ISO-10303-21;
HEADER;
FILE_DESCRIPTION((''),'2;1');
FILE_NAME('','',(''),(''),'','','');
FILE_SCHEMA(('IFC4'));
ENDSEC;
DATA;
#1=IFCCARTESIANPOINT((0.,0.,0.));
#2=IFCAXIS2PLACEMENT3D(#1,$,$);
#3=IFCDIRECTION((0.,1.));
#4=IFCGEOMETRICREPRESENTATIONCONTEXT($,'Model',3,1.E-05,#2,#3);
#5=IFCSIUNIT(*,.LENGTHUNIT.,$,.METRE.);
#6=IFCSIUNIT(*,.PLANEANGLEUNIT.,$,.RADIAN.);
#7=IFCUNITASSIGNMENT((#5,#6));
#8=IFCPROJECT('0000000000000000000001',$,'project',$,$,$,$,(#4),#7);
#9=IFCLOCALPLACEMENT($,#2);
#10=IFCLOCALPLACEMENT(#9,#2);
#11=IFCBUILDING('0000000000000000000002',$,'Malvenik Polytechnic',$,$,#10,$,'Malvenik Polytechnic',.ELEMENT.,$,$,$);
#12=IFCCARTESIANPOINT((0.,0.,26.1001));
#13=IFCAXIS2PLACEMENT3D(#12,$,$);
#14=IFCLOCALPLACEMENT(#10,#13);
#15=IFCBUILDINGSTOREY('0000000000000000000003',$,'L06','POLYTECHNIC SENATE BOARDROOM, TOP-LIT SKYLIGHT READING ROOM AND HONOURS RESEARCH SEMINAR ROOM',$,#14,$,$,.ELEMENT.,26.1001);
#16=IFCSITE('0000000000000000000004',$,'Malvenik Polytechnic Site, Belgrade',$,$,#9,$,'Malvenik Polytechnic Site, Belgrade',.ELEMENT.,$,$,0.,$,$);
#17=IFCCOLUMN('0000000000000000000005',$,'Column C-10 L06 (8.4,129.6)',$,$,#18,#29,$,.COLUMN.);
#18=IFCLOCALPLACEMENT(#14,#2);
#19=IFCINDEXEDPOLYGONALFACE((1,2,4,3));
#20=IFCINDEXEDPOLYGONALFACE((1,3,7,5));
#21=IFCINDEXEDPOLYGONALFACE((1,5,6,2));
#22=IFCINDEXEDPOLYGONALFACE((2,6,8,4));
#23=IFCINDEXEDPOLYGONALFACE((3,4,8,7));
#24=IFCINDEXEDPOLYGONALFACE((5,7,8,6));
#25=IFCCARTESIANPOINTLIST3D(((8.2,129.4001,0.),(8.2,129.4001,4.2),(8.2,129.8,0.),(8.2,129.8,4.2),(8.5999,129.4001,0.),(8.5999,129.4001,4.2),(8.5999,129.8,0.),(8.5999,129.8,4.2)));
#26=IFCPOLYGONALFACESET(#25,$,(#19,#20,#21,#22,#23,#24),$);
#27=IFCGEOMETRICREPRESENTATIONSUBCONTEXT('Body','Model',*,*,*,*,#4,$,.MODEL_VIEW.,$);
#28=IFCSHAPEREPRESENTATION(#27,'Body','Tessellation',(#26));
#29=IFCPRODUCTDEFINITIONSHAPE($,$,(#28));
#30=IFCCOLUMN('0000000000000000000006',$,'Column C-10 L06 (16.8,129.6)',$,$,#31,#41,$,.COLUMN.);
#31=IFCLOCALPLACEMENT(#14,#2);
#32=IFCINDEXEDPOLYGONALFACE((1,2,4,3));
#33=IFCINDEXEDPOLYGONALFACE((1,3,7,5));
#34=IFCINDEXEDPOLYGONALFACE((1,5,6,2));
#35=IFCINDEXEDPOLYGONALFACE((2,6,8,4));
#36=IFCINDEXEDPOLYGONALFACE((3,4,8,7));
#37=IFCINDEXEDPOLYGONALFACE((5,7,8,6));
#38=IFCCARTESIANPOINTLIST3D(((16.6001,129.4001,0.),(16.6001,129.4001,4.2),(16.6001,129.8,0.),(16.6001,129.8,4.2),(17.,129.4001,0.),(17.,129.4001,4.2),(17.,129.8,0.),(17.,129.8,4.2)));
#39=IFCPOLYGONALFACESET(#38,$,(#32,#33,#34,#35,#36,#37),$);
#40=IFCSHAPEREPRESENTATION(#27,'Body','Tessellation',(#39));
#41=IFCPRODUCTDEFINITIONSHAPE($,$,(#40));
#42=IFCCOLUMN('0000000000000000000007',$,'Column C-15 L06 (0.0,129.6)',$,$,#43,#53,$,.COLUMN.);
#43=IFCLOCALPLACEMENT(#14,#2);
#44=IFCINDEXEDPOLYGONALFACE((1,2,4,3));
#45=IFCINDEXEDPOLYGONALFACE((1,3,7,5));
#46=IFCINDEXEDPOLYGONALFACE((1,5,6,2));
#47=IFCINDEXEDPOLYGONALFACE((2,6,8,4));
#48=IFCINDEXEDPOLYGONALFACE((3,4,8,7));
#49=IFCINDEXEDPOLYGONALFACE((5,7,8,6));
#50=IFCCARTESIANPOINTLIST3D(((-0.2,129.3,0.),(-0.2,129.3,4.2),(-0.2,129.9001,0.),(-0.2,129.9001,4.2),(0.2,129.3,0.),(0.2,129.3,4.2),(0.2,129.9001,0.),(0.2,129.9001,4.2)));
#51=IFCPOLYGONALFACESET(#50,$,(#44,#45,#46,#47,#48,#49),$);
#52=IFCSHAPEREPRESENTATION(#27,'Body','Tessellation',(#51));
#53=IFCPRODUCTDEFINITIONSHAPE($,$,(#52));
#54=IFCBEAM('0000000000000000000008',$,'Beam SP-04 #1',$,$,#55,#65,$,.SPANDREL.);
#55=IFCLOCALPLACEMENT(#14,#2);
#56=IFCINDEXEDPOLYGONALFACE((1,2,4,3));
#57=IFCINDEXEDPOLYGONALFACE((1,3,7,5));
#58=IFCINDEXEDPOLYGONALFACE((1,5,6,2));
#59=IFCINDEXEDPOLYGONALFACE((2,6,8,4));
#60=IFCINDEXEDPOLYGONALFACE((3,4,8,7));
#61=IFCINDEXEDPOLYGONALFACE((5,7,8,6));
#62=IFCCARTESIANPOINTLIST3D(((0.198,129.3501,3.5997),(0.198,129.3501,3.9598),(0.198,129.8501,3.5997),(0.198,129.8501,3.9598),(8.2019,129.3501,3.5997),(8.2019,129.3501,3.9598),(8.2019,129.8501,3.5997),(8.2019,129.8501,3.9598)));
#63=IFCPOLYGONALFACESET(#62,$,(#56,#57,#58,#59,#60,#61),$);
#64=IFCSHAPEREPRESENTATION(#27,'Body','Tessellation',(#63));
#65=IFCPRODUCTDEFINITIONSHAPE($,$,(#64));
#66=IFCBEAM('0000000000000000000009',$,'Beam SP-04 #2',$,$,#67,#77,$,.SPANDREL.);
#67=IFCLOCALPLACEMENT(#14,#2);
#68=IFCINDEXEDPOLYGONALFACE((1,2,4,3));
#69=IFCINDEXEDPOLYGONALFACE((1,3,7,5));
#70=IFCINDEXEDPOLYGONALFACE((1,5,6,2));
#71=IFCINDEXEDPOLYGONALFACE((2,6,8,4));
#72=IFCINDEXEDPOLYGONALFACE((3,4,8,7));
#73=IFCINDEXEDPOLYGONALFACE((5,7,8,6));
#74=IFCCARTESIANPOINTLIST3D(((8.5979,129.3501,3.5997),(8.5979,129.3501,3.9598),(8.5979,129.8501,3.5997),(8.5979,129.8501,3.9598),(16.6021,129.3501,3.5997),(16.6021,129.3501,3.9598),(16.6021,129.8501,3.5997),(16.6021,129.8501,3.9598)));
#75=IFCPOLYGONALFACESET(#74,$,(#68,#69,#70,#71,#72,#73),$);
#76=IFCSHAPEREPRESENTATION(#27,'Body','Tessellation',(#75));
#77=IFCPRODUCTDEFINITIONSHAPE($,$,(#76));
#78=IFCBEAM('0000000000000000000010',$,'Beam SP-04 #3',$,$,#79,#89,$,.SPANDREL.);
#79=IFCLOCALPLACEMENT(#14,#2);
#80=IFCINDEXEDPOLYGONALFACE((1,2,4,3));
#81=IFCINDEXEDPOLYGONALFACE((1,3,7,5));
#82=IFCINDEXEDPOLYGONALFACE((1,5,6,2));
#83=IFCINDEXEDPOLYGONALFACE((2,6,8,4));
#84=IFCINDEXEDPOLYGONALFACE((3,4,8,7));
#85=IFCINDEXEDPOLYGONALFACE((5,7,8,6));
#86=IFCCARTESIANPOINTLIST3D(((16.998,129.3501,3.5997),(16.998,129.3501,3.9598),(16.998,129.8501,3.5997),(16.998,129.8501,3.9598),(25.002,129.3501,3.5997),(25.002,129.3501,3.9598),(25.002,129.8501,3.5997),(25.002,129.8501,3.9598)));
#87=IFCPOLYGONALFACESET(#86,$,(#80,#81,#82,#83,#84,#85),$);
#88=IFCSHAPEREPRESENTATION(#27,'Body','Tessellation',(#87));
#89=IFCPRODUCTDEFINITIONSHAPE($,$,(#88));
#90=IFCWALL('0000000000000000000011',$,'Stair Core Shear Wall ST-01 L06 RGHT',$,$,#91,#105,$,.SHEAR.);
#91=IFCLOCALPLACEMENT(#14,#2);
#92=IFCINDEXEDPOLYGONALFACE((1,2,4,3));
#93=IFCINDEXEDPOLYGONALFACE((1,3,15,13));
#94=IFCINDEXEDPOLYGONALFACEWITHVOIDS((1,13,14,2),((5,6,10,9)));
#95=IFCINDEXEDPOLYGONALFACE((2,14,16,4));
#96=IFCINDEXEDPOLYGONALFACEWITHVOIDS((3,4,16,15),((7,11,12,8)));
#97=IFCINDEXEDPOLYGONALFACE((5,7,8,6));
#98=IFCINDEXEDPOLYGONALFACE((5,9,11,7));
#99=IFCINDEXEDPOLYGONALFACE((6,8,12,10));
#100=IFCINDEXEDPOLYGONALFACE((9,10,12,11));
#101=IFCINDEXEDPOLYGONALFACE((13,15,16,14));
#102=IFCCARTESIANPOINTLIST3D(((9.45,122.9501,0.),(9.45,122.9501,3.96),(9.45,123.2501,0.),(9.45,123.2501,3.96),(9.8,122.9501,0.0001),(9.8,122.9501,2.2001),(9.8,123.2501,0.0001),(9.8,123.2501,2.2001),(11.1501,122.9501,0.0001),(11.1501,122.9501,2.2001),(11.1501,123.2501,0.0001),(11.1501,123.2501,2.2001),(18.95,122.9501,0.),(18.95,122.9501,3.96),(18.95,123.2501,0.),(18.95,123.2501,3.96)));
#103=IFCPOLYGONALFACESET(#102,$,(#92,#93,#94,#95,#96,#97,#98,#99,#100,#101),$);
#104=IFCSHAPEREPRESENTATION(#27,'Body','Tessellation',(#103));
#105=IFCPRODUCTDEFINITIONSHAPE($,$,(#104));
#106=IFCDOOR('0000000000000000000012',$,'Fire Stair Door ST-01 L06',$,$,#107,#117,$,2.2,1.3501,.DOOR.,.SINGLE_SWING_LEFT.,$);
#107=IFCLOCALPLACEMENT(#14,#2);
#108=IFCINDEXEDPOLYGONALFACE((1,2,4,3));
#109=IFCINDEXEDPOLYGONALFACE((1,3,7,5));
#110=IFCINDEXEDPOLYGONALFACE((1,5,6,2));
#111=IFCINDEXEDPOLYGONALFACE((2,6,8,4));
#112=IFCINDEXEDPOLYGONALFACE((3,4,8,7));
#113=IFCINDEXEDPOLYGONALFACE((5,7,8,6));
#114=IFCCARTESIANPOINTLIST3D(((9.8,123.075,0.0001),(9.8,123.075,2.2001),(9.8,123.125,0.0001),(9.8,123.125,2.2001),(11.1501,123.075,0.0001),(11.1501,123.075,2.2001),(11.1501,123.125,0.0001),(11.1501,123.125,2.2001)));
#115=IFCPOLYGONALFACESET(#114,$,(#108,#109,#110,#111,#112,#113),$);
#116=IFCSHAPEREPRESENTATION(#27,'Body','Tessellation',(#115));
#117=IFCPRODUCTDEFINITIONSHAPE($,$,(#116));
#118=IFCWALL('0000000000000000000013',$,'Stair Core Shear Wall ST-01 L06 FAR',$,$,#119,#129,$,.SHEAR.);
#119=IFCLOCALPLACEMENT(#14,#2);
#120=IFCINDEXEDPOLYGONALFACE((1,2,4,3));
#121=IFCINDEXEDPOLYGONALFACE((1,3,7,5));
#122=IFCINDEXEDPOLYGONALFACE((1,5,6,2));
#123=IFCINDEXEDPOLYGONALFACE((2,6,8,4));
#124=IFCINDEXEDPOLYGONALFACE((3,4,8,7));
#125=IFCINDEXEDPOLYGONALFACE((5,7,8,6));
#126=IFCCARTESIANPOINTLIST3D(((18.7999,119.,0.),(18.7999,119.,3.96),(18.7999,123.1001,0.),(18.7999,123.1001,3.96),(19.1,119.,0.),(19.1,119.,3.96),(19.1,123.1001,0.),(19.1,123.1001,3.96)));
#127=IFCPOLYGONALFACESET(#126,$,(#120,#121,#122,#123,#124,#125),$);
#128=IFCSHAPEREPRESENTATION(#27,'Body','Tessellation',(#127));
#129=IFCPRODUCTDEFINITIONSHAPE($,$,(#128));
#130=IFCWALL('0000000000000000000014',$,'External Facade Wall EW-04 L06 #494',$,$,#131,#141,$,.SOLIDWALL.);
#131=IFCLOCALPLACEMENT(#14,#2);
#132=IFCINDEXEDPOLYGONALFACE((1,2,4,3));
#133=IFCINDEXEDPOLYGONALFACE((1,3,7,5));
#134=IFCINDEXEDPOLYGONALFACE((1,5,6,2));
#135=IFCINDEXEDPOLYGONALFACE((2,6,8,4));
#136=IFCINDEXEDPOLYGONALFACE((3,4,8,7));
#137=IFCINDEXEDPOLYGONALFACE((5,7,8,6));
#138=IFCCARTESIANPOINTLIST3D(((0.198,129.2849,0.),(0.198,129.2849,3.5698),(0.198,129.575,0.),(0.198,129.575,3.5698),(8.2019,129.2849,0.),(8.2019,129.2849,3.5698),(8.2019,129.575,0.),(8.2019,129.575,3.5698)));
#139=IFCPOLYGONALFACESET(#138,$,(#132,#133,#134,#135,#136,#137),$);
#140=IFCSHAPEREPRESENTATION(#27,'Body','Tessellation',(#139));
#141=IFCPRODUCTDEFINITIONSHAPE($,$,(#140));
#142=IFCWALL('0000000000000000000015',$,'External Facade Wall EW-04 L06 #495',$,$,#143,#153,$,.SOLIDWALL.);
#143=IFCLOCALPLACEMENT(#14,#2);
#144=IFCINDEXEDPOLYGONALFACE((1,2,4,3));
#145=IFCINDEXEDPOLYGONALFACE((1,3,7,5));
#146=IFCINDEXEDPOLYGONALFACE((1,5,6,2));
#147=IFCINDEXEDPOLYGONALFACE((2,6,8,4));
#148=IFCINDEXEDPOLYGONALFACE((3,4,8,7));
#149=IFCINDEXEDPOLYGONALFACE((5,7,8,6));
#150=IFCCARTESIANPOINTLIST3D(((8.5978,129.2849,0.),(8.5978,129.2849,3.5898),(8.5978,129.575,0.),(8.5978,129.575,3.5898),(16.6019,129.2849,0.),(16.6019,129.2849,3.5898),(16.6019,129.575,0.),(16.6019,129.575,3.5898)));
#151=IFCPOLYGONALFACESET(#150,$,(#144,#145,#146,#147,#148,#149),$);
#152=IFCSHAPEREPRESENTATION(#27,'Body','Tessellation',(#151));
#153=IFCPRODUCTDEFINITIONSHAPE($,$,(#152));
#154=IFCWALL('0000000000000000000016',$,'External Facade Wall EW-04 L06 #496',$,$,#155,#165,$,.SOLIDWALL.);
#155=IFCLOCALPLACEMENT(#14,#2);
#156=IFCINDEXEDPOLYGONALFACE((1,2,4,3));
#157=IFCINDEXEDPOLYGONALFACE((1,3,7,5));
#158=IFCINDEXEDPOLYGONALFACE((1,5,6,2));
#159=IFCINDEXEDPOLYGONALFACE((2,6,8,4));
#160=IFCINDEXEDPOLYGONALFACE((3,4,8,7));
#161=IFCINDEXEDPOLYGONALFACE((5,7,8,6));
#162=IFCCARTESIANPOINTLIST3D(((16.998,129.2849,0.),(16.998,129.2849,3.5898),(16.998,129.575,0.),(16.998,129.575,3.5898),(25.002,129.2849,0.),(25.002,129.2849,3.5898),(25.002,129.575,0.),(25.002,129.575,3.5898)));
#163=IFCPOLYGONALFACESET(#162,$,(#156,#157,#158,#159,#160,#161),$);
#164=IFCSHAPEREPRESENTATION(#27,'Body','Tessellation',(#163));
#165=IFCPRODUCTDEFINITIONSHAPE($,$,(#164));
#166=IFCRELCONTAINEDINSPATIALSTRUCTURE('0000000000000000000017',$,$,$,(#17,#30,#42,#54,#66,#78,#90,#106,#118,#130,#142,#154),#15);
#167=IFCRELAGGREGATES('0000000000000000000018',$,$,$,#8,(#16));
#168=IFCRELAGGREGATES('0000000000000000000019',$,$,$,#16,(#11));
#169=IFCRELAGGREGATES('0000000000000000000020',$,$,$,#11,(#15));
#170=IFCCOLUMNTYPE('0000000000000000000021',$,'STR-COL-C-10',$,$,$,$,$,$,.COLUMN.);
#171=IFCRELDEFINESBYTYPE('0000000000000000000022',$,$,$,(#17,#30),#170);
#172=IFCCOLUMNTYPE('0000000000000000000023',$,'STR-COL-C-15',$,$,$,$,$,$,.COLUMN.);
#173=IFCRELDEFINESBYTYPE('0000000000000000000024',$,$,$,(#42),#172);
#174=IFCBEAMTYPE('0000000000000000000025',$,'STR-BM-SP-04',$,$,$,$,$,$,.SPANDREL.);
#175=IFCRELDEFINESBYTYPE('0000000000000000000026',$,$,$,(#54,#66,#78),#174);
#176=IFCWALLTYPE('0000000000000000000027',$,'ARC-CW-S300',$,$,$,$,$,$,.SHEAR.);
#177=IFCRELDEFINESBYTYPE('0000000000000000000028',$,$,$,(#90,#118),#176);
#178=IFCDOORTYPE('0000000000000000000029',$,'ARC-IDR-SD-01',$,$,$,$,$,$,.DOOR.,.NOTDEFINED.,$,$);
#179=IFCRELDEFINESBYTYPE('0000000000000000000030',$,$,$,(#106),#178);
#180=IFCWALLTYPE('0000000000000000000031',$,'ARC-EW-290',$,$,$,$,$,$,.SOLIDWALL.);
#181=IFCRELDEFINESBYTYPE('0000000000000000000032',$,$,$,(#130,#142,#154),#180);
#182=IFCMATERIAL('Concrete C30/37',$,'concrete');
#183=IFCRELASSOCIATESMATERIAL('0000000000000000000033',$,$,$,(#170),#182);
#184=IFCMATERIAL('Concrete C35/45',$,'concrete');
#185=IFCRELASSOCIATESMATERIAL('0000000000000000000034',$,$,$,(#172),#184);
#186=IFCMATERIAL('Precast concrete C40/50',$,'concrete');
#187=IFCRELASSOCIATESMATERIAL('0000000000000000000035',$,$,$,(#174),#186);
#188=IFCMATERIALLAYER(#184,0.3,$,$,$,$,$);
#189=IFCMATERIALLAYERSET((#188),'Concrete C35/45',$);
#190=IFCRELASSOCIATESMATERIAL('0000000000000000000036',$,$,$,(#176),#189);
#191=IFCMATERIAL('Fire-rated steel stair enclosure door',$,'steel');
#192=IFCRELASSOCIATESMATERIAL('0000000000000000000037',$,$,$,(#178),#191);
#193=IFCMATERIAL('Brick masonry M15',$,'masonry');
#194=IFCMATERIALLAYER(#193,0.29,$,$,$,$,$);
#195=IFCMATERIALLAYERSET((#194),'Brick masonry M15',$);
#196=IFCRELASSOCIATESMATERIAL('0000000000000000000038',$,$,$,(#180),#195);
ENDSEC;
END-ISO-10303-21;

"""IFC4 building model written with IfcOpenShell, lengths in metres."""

from ifc_helpers import new_model, si_unit, direction, frame, frame_2d, origin, origin_2d, place, context, subcontext, project, spatial, rectangle, extrude, material, layer, layer_set, material_profile, profile_set, type_object, element, fill, save


model = new_model("IFC4")

# Units and contexts
model_context = context("Model", 3, precision=1e-05, world=origin(), true_north=direction((0.0, 1.0)))
body_context = subcontext(model_context, "Body", "Model", "MODEL_VIEW")
ifc_project = project(units=[si_unit("LENGTHUNIT", "METRE"), si_unit("PLANEANGLEUNIT", "RADIAN")], contexts=[model_context])

# Site, building, storey
site_placement = place(None, origin())
site = spatial("IfcSite", under=ifc_project, at=site_placement, Name="Malvenik Polytechnic Site, Belgrade", LongName="Malvenik Polytechnic Site, Belgrade", CompositionType="ELEMENT", RefElevation=0.0)
building_placement = place(site_placement, origin())
building = spatial("IfcBuilding", under=site, at=building_placement, Name="Malvenik Polytechnic", LongName="Malvenik Polytechnic", CompositionType="ELEMENT")
storey_placement = place(building_placement, frame((0.0, 0.0, 26.1001)))
storey = spatial("IfcBuildingStorey", under=building, at=storey_placement, Name="L06", Description="POLYTECHNIC SENATE BOARDROOM, TOP-LIT SKYLIGHT READING ROOM AND HONOURS RESEARCH SEMINAR ROOM", CompositionType="ELEMENT", Elevation=26.1001)

# Columns
ifc_material_1 = material(Name="Concrete C30/37", Category="concrete")
ifc_material_profile_1 = material_profile(ifc_material_1, rectangle(XDim=0.3999, YDim=0.3999, at=origin_2d()), Name="RC COL 400x400")
ifc_profile_set_1 = profile_set([ifc_material_profile_1], Name="Concrete C30/37")
column_type_1 = type_object("IfcColumnType", Name="STR-COL-C-10", PredefinedType="COLUMN", material=ifc_profile_set_1)
for number, where, z_axis, x_axis, name in (
    (1, (8.3999, 129.6001, 0.0), (0.0, 0.0, 1.0), (1.0, 0.0, 0.0), "Column C-10 L06 (8.4,129.6)"),
    (2, (16.8, 129.6001, 0.0), (0.0, 0.0, 1.0), (1.0, 0.0, 0.0), "Column C-10 L06 (16.8,129.6)"),
):
    element("IfcColumn", number, at=place(storey_placement, frame(where, z_axis=z_axis, x_axis=x_axis)), inside=storey, type_object=column_type_1, Name=name, PredefinedType="COLUMN", context=body_context, shape_type="SweptSolid", body=[
        extrude(rectangle(XDim=0.3999, YDim=0.3999, at=origin_2d()), origin(), (0.0, 0.0, 1.0), 4.2),
    ])
ifc_material_2 = material(Name="Concrete C35/45", Category="concrete")
ifc_material_profile_2 = material_profile(ifc_material_2, rectangle(XDim=0.3999, YDim=0.6001, at=origin_2d()), Name="RC COL 600x400")
ifc_profile_set_2 = profile_set([ifc_material_profile_2], Name="Concrete C35/45")
column_type_2 = type_object("IfcColumnType", Name="STR-COL-C-15", PredefinedType="COLUMN", material=ifc_profile_set_2)
column_placement = place(storey_placement, frame((0.0, 129.6001, 0.0), z_axis=(0.0, 0.0, 1.0), x_axis=(1.0, 0.0, 0.0)))
element("IfcColumn", 3, at=column_placement, inside=storey, type_object=column_type_2, Name="Column C-15 L06 (0.0,129.6)", PredefinedType="COLUMN", context=body_context, shape_type="SweptSolid", body=[
    extrude(rectangle(XDim=0.3999, YDim=0.6001, at=origin_2d()), origin(), (0.0, 0.0, 1.0), 4.2),
])

# Beams
ifc_material_3 = material(Name="Precast concrete C40/50", Category="concrete")
ifc_material_profile_3 = material_profile(ifc_material_3, rectangle(XDim=0.5, YDim=0.3601, at=origin_2d()), Name="PC CRN 500x360")
ifc_profile_set_3 = profile_set([ifc_material_profile_3], Name="Precast concrete C40/50")
beam_type = type_object("IfcBeamType", Name="STR-BM-SP-04", PredefinedType="SPANDREL", material=ifc_profile_set_3)
beam_1_placement = place(storey_placement, frame((0.198, 129.6001, 3.7798), z_axis=(1.0, 0.0, 0.0), x_axis=(0.0, 1.0, 0.0)))
element("IfcBeam", 4, at=beam_1_placement, inside=storey, type_object=beam_type, Name="Beam SP-04 #1", PredefinedType="SPANDREL", context=body_context, shape_type="SweptSolid", body=[
    extrude(rectangle(XDim=0.5, YDim=0.3601, at=origin_2d()), origin(), (0.0, 0.0, 1.0), 8.0039),
])
beam_2_placement = place(storey_placement, frame((8.5979, 129.6001, 3.7798), z_axis=(1.0, 0.0, 0.0), x_axis=(0.0, 1.0, 0.0)))
element("IfcBeam", 5, at=beam_2_placement, inside=storey, type_object=beam_type, Name="Beam SP-04 #2", PredefinedType="SPANDREL", context=body_context, shape_type="SweptSolid", body=[
    extrude(rectangle(XDim=0.5, YDim=0.3601, at=origin_2d()), origin(), (0.0, 0.0, 1.0), 8.0042),
])
beam_3_placement = place(storey_placement, frame((16.998, 129.6001, 3.7798), z_axis=(1.0, 0.0, 0.0), x_axis=(0.0, 1.0, 0.0)))
element("IfcBeam", 6, at=beam_3_placement, inside=storey, type_object=beam_type, Name="Beam SP-04 #3", PredefinedType="SPANDREL", context=body_context, shape_type="SweptSolid", body=[
    extrude(rectangle(XDim=0.5, YDim=0.3601, at=origin_2d()), origin(), (0.0, 0.0, 1.0), 8.0039),
])

# Wall, opening, door
ifc_layer_1 = layer(ifc_material_2, 0.3)
ifc_layer_set_1 = layer_set([ifc_layer_1], Name="Concrete C35/45")
wall_type_1 = type_object("IfcWallType", Name="ARC-CW-S300", PredefinedType="SHEAR", material=ifc_layer_set_1)
wall_1_placement = place(storey_placement, frame((9.45, 123.1001, 0.0), z_axis=(0.0, 0.0, 1.0), x_axis=(1.0, 0.0, 0.0)))
wall_1 = element("IfcWall", 7, at=wall_1_placement, inside=storey, type_object=wall_type_1, Name="Stair Core Shear Wall ST-01 L06 RGHT", PredefinedType="SHEAR", context=body_context, shape_type="SweptSolid", body=[
    extrude(rectangle(XDim=9.5, YDim=0.3, at=frame_2d((4.75, 0.0))), origin(), (0.0, 0.0, 1.0), 3.96),
])
opening_1_placement = place(wall_1_placement, frame((0.3501, 0.0, 0.0)))
opening_1 = element("IfcOpeningElement", 8, at=opening_1_placement, cuts=wall_1, PredefinedType="OPENING", context=body_context, shape_type="SweptSolid", body=[
    extrude(rectangle(XDim=1.3501, YDim=2.2, at=frame_2d((0.675, 1.1001))), frame((0.0, 0.1602, 0.0), z_axis=(0.0, -1.0, 0.0), x_axis=(1.0, 0.0, 0.0)), (0.0, 0.0, 1.0), 0.3201),
])
ifc_material_4 = material(Name="Fire-rated steel stair enclosure door", Category="steel")
door_type_1 = type_object("IfcDoorType", Name="ARC-IDR-SD-01", OperationType="NOTDEFINED", PredefinedType="DOOR", material=ifc_material_4)
door_1_placement = place(opening_1_placement, origin())
door_1 = element("IfcDoor", 9, at=door_1_placement, inside=storey, type_object=door_type_1, Name="Fire Stair Door ST-01 L06", OperationType="SINGLE_SWING_LEFT", OverallHeight=2.2, OverallWidth=1.3501, PredefinedType="DOOR", context=body_context, shape_type="SweptSolid", body=[
    extrude(rectangle(XDim=1.3501, YDim=2.2, at=frame_2d((0.675, 1.1001))), frame((0.0, 0.0249, 0.0), z_axis=(0.0, -1.0, 0.0), x_axis=(1.0, 0.0, 0.0)), (0.0, 0.0, 1.0), 0.05),
])
fill(opening_1, door_1)

# Walls
wall_2_placement = place(storey_placement, frame((18.95, 123.1001, 0.0), z_axis=(0.0, 0.0, 1.0), x_axis=(0.0, -1.0, 0.0)))
element("IfcWall", 10, at=wall_2_placement, inside=storey, type_object=wall_type_1, Name="Stair Core Shear Wall ST-01 L06 FAR", PredefinedType="SHEAR", context=body_context, shape_type="SweptSolid", body=[
    extrude(rectangle(XDim=4.1001, YDim=0.3, at=frame_2d((2.05, 0.0))), origin(), (0.0, 0.0, 1.0), 3.96),
])
ifc_material_5 = material(Name="Brick masonry M15", Category="masonry")
ifc_layer_2 = layer(ifc_material_5, 0.29)
ifc_layer_set_2 = layer_set([ifc_layer_2], Name="Brick masonry M15")
wall_type_2 = type_object("IfcWallType", Name="ARC-EW-290", PredefinedType="SOLIDWALL", material=ifc_layer_set_2)
wall_3_placement = place(storey_placement, frame((0.198, 129.4299, 0.0), z_axis=(0.0, 0.0, 1.0), x_axis=(1.0, 0.0, 0.0)))
element("IfcWall", 11, at=wall_3_placement, inside=storey, type_object=wall_type_2, Name="External Facade Wall EW-04 L06 #494", PredefinedType="SOLIDWALL", context=body_context, shape_type="SweptSolid", body=[
    extrude(rectangle(XDim=8.0039, YDim=0.29, at=frame_2d((4.002, 0.0))), origin(), (0.0, 0.0, 1.0), 3.5698),
])
wall_4_placement = place(storey_placement, frame((8.5979, 129.4299, 0.0), z_axis=(0.0, 0.0, 1.0), x_axis=(1.0, 0.0, 0.0)))
element("IfcWall", 12, at=wall_4_placement, inside=storey, type_object=wall_type_2, Name="External Facade Wall EW-04 L06 #495", PredefinedType="SOLIDWALL", context=body_context, shape_type="SweptSolid", body=[
    extrude(rectangle(XDim=8.0042, YDim=0.29, at=frame_2d((4.002, 0.0))), origin(), (0.0, 0.0, 1.0), 3.5898),
])
wall_5_placement = place(storey_placement, frame((16.998, 129.4299, 0.0), z_axis=(0.0, 0.0, 1.0), x_axis=(1.0, 0.0, 0.0)))
element("IfcWall", 13, at=wall_5_placement, inside=storey, type_object=wall_type_2, Name="External Facade Wall EW-04 L06 #496", PredefinedType="SOLIDWALL", context=body_context, shape_type="SweptSolid", body=[
    extrude(rectangle(XDim=8.0039, YDim=0.29, at=frame_2d((4.002, 0.0))), origin(), (0.0, 0.0, 1.0), 3.5898),
])

save(model, "model.ifc")
